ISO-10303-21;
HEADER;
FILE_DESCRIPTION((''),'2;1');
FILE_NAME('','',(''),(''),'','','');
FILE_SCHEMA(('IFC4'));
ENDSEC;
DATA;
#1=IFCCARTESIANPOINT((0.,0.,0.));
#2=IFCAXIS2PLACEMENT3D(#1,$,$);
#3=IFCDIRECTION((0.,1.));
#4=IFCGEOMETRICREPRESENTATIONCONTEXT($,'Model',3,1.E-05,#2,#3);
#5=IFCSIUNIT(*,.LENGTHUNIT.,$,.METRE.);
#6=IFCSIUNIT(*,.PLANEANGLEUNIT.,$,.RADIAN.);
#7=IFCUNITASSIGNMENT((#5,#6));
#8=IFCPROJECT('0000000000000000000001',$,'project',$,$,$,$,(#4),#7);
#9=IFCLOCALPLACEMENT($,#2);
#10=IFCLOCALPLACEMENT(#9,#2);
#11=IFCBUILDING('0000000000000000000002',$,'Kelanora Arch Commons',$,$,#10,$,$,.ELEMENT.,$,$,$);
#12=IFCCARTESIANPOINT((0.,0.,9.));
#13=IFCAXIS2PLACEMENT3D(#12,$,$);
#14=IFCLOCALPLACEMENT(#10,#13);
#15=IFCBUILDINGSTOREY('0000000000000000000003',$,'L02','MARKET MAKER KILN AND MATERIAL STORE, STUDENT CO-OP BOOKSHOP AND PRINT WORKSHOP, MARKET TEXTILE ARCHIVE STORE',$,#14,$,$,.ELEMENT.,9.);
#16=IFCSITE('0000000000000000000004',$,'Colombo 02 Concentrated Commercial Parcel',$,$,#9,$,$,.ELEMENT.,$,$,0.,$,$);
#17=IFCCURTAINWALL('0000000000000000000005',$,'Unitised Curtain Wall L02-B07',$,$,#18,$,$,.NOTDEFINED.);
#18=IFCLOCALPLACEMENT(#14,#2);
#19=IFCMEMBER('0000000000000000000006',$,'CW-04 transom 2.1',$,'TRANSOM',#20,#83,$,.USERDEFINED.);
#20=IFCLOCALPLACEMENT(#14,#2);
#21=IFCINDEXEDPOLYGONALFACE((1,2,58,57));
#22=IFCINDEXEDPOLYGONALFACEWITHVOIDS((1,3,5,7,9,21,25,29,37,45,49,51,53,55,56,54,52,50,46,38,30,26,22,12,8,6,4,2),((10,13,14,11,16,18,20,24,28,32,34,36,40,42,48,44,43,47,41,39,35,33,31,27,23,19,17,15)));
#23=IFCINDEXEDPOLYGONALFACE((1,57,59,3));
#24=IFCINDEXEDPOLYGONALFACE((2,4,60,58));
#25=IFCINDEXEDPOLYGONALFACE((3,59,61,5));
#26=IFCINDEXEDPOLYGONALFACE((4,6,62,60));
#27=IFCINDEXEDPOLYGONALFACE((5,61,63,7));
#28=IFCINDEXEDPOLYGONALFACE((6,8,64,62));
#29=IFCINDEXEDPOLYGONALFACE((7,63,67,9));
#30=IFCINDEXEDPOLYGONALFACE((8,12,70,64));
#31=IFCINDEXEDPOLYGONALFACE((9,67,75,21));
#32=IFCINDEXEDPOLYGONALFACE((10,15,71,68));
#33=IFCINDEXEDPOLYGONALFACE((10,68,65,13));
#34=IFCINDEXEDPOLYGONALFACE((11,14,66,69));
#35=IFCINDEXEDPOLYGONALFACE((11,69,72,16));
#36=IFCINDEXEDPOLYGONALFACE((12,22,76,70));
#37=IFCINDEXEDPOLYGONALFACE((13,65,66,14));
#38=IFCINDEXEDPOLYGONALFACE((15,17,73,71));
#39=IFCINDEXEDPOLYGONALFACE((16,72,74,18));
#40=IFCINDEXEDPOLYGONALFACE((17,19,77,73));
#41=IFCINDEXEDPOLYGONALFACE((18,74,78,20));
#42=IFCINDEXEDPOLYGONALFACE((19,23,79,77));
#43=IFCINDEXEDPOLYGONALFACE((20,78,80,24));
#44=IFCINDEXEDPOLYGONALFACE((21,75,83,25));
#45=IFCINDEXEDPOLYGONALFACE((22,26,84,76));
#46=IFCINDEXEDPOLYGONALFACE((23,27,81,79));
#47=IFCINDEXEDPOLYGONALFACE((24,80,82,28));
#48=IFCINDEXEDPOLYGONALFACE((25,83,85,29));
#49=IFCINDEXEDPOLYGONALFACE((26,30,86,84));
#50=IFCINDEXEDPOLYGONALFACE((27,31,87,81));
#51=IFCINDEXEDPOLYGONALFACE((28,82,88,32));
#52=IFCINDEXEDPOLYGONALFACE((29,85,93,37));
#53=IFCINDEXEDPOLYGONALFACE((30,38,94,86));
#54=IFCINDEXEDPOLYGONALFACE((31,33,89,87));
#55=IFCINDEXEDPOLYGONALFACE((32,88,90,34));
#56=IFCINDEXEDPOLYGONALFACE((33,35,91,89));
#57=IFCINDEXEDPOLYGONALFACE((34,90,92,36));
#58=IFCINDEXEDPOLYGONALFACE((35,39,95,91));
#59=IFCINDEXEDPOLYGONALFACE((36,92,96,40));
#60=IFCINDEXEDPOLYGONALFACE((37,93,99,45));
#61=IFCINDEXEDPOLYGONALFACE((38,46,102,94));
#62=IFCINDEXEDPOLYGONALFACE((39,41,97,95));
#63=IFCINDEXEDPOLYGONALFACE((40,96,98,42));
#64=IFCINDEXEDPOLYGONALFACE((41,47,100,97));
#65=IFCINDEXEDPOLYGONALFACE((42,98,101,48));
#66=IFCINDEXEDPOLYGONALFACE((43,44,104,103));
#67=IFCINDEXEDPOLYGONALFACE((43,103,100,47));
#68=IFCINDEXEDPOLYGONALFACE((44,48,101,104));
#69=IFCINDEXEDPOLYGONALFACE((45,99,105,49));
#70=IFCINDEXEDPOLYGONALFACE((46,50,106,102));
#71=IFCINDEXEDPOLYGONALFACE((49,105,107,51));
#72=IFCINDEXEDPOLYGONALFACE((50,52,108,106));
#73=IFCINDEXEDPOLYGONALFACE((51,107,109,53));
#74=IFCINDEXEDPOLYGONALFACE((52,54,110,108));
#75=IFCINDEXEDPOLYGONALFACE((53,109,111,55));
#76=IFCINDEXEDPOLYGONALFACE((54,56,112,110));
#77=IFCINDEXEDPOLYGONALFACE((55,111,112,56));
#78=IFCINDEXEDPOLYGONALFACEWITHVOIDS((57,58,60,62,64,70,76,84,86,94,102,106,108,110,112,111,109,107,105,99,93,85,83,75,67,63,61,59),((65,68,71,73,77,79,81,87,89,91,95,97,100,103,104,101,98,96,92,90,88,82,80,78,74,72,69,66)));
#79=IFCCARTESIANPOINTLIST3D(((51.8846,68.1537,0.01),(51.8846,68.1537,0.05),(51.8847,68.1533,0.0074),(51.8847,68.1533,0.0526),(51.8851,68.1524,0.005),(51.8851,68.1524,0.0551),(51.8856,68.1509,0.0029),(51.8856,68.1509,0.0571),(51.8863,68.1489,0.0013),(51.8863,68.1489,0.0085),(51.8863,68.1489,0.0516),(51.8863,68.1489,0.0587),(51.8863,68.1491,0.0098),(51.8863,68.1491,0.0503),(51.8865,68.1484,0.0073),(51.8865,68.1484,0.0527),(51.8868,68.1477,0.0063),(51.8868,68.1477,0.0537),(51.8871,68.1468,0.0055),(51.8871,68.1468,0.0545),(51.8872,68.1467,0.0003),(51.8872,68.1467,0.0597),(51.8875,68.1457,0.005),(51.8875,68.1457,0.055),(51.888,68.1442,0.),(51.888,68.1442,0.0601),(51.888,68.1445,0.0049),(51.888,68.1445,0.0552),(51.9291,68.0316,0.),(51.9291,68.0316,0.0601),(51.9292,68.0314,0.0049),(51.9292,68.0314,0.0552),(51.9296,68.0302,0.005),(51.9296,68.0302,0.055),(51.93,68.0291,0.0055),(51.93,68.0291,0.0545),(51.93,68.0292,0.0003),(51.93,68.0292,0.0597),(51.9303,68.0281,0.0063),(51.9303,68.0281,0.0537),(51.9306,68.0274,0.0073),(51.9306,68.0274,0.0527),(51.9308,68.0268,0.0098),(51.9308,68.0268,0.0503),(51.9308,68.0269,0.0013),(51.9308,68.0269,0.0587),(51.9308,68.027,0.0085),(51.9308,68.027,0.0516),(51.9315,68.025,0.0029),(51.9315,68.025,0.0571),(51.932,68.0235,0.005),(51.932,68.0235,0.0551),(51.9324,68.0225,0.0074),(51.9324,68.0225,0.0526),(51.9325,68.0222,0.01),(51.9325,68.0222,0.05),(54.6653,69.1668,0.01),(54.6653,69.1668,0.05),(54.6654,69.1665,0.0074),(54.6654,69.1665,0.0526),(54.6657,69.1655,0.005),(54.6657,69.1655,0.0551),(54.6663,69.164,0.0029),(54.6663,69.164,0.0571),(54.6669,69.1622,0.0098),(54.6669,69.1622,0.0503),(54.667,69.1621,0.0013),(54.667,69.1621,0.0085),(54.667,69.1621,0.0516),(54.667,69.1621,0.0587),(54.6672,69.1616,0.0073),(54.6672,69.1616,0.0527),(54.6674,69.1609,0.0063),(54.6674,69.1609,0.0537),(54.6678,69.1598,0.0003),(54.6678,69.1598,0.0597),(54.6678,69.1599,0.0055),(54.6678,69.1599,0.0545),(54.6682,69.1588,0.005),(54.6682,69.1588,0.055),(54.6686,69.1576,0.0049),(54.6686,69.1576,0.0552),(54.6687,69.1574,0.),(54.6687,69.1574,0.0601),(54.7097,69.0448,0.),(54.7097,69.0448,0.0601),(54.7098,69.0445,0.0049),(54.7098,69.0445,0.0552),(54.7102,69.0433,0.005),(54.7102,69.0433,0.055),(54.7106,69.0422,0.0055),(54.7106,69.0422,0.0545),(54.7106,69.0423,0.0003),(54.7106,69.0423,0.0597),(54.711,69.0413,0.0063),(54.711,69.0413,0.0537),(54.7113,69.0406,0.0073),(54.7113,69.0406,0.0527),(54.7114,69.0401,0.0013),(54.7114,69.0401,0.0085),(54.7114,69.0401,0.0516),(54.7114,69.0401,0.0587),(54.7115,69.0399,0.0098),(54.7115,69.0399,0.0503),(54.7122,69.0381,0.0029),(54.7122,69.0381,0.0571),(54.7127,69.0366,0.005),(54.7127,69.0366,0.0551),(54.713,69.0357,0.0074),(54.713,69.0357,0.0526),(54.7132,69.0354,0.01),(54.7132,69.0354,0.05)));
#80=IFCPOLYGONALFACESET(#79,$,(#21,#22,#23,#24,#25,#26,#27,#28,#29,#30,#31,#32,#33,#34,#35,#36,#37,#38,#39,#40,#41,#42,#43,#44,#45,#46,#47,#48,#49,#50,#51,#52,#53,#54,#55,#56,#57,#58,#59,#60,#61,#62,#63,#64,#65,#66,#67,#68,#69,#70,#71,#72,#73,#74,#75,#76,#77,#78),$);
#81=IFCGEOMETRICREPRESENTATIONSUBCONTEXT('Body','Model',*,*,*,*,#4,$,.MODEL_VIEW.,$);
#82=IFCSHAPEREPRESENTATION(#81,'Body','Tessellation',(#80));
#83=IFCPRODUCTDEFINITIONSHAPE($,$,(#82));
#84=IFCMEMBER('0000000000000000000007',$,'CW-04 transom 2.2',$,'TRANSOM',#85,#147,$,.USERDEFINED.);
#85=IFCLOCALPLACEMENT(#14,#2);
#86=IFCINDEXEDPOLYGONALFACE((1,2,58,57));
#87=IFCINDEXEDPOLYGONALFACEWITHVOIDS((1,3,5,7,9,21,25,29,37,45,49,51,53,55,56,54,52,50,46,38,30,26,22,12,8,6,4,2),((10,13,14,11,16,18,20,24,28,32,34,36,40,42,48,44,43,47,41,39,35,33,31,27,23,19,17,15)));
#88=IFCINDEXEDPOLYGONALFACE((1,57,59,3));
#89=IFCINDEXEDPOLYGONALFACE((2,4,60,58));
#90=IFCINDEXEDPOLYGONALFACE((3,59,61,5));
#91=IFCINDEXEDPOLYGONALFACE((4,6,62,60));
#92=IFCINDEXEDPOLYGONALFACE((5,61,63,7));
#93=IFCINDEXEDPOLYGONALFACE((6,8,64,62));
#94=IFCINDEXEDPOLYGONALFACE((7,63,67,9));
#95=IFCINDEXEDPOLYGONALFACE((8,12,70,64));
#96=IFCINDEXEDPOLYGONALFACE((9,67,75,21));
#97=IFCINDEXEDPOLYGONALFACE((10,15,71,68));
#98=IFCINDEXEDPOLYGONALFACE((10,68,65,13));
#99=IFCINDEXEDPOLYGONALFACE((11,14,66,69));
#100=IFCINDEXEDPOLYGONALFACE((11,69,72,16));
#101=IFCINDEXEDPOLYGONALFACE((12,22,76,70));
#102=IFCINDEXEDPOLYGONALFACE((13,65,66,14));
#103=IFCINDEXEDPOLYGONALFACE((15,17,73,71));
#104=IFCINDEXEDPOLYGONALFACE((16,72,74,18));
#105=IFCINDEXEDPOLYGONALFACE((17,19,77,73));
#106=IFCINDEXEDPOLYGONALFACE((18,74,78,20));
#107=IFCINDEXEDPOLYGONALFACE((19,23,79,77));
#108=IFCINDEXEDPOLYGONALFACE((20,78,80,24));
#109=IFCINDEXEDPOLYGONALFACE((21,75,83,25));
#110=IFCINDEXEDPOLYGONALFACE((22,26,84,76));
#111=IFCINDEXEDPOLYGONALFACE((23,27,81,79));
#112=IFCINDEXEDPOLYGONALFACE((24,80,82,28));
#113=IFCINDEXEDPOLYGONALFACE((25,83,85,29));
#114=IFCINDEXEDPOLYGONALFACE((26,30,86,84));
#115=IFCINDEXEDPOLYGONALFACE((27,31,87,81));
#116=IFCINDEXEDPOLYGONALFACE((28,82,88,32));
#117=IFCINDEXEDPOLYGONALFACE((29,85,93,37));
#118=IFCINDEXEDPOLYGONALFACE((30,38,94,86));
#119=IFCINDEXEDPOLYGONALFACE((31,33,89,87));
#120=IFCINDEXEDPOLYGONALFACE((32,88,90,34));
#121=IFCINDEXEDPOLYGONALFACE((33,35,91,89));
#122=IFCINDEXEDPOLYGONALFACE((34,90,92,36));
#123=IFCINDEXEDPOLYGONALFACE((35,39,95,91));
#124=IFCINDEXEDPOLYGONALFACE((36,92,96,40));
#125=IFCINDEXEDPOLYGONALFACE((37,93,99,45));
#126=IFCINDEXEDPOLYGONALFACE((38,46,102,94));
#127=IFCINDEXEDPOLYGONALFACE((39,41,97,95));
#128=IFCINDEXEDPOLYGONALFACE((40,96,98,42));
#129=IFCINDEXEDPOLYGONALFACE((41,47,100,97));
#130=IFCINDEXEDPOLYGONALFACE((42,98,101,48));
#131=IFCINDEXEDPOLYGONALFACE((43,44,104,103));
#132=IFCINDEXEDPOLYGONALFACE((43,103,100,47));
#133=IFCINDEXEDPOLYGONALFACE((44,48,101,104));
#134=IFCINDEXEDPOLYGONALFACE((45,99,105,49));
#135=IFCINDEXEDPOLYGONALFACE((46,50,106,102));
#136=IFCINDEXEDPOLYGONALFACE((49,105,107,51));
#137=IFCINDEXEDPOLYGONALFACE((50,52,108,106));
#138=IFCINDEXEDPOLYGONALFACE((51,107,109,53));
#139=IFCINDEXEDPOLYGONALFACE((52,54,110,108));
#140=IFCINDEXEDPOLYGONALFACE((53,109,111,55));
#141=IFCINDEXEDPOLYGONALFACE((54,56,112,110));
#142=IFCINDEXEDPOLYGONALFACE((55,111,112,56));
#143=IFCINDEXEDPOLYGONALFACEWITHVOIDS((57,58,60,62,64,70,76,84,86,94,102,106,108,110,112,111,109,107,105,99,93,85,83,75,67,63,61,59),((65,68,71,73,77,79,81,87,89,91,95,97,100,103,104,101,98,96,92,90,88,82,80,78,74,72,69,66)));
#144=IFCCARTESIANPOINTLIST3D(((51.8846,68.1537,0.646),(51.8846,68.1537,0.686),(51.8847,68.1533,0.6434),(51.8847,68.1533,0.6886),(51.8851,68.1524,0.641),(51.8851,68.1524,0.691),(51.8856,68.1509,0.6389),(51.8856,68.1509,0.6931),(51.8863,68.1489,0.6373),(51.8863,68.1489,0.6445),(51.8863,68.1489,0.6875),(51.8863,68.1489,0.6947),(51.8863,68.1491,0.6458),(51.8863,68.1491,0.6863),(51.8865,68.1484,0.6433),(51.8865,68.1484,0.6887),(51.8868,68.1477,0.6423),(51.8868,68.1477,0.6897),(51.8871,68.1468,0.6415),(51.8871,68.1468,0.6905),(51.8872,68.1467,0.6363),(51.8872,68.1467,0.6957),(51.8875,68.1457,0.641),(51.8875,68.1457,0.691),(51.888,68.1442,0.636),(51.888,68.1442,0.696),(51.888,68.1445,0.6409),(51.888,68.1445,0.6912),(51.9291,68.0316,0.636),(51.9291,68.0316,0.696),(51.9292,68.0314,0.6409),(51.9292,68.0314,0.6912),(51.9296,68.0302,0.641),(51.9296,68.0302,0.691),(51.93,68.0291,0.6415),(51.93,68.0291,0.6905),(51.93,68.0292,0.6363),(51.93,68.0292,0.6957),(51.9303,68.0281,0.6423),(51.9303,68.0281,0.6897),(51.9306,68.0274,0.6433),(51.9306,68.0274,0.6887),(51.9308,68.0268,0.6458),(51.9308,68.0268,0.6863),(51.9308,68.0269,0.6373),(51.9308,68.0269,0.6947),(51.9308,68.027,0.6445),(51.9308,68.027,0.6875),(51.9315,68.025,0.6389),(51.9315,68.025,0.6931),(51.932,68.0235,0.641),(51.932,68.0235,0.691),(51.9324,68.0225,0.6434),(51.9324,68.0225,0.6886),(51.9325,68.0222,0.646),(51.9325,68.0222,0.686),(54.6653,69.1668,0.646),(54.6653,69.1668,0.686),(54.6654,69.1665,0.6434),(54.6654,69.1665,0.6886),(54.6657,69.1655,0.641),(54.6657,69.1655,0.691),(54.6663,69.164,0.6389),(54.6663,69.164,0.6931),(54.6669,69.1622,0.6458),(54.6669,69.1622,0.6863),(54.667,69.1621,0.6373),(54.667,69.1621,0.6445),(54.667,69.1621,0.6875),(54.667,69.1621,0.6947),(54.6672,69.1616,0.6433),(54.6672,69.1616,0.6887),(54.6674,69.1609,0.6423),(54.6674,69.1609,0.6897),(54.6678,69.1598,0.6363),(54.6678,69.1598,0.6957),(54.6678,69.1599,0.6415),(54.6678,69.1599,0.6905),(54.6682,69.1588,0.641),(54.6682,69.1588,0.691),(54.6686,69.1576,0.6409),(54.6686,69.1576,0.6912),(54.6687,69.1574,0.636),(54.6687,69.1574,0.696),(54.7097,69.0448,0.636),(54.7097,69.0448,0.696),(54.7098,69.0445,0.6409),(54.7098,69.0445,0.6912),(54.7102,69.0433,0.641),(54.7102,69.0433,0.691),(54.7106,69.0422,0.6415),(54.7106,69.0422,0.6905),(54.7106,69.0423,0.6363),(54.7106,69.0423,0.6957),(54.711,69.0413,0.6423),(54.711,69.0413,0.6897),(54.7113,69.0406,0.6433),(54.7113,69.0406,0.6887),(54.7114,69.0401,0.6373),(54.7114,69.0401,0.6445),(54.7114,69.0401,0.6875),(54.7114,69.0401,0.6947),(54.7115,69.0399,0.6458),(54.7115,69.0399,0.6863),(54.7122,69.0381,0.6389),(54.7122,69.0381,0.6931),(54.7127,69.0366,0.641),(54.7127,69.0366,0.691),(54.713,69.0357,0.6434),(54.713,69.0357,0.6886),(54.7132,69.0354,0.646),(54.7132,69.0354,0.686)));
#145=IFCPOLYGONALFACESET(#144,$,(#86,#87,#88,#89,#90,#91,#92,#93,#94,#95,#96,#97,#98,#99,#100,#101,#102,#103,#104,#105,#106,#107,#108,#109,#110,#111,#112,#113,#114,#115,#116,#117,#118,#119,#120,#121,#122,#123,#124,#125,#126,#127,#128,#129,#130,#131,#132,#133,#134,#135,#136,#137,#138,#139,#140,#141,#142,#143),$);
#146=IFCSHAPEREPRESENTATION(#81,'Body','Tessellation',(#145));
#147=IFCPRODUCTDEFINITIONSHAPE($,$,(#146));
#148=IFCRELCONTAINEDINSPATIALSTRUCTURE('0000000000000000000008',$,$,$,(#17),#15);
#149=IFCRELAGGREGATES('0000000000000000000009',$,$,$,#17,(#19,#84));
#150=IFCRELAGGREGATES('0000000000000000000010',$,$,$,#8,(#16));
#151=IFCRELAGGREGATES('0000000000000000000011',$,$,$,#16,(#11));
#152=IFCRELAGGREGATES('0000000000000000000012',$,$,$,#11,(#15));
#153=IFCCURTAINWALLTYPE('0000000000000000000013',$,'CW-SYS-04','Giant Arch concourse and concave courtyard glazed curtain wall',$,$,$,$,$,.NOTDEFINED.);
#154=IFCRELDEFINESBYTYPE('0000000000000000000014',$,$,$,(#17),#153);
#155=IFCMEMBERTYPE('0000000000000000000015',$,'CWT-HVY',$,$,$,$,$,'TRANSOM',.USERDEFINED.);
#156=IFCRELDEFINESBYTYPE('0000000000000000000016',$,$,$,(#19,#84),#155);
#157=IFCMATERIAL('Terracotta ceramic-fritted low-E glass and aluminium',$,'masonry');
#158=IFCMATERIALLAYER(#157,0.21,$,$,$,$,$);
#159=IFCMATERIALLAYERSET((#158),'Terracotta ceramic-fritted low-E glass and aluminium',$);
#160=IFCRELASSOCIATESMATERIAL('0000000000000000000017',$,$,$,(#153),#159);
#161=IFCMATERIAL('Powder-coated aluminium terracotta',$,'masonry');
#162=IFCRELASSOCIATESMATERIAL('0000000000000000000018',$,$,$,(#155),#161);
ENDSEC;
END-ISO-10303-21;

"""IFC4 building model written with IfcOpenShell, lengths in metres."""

from ifc_helpers import new_model, si_unit, direction, frame, origin, origin_2d, place, context, subcontext, project, spatial, hollow_rectangle, extrude, material, layer, layer_set, material_profile, profile_set, type_object, element, aggregate, save


model = new_model("IFC4")

# Units and contexts
model_context = context("Model", 3, precision=1e-05, world=origin(), true_north=direction((0.0, 1.0)))
body_context = subcontext(model_context, "Body", "Model", "MODEL_VIEW")
ifc_project = project(units=[si_unit("LENGTHUNIT", "METRE"), si_unit("PLANEANGLEUNIT", "RADIAN")], contexts=[model_context])

# Site, building, storey
site_placement = place(None, origin())
site = spatial("IfcSite", under=ifc_project, at=site_placement, Name="Colombo 02 Concentrated Commercial Parcel", CompositionType="ELEMENT", RefElevation=0.0)
building_placement = place(site_placement, origin())
building = spatial("IfcBuilding", under=site, at=building_placement, Name="Kelanora Arch Commons", CompositionType="ELEMENT")
storey_placement = place(building_placement, frame((0.0, 0.0, 9.0)))
storey = spatial("IfcBuildingStorey", under=building, at=storey_placement, Name="L02", Description="MARKET MAKER KILN AND MATERIAL STORE, STUDENT CO-OP BOOKSHOP AND PRINT WORKSHOP, MARKET TEXTILE ARCHIVE STORE", CompositionType="ELEMENT", Elevation=9.0)

# Shared definitions
ifc_material_1 = material(Name="Terracotta ceramic-fritted low-E glass and aluminium", Category="masonry")
ifc_layer_1 = layer(ifc_material_1, 0.21)
ifc_layer_set_1 = layer_set([ifc_layer_1], Name="Terracotta ceramic-fritted low-E glass and aluminium")
curtain_wall_type = type_object("IfcCurtainWallType", Name="CW-SYS-04", Description="Giant Arch concourse and concave courtyard glazed curtain wall", PredefinedType="NOTDEFINED", material=ifc_layer_set_1)
ifc_material_2 = material(Name="Powder-coated aluminium terracotta", Category="masonry")

# Curtain wall, members
curtain_wall_1_placement = place(storey_placement, origin())
curtain_wall_1 = element("IfcCurtainWall", 1, at=curtain_wall_1_placement, inside=storey, type_object=curtain_wall_type, Name="Unitised Curtain Wall L02-B07", PredefinedType="NOTDEFINED")
ifc_material_profile_1 = material_profile(ifc_material_2, hollow_rectangle(XDim=0.1399, YDim=0.0601, WallThickness=0.0049, InnerFilletRadius=0.0049, OuterFilletRadius=0.01, at=origin_2d()), Name="CWT140x60")
ifc_profile_set_1 = profile_set([ifc_material_profile_1], Name="Powder-coated aluminium terracotta")
member_type_1 = type_object("IfcMemberType", Name="CWT-HVY", ElementType="TRANSOM", PredefinedType="USERDEFINED", material=ifc_profile_set_1)
member_1_placement = place(storey_placement, frame((54.6892, 69.1011, 0.03), z_axis=(-0.939576, -0.342339, 0.0), x_axis=(0.342339, -0.939576, 0.0)))
member_1 = element("IfcMember", 2, at=member_1_placement, type_object=member_type_1, Name="CW-04 transom 2.1", ObjectType="TRANSOM", PredefinedType="USERDEFINED", context=body_context, shape_type="SweptSolid", body=[
    extrude(hollow_rectangle(XDim=0.1399, YDim=0.0601, WallThickness=0.0049, InnerFilletRadius=0.0049, OuterFilletRadius=0.01, at=origin_2d()), origin(), (0.0, 0.0, 1.0), 2.9595),
])
member_2_placement = place(storey_placement, frame((54.6892, 69.1011, 0.666), z_axis=(-0.939576, -0.342339, 0.0), x_axis=(0.342339, -0.939576, 0.0)))
member_2 = element("IfcMember", 3, at=member_2_placement, type_object=member_type_1, Name="CW-04 transom 2.2", ObjectType="TRANSOM", PredefinedType="USERDEFINED", context=body_context, shape_type="SweptSolid", body=[
    extrude(hollow_rectangle(XDim=0.1399, YDim=0.0601, WallThickness=0.0049, InnerFilletRadius=0.0049, OuterFilletRadius=0.01, at=origin_2d()), origin(), (0.0, 0.0, 1.0), 2.9595),
])

aggregate(curtain_wall_1, [member_1, member_2])

save(model, "model.ifc")
